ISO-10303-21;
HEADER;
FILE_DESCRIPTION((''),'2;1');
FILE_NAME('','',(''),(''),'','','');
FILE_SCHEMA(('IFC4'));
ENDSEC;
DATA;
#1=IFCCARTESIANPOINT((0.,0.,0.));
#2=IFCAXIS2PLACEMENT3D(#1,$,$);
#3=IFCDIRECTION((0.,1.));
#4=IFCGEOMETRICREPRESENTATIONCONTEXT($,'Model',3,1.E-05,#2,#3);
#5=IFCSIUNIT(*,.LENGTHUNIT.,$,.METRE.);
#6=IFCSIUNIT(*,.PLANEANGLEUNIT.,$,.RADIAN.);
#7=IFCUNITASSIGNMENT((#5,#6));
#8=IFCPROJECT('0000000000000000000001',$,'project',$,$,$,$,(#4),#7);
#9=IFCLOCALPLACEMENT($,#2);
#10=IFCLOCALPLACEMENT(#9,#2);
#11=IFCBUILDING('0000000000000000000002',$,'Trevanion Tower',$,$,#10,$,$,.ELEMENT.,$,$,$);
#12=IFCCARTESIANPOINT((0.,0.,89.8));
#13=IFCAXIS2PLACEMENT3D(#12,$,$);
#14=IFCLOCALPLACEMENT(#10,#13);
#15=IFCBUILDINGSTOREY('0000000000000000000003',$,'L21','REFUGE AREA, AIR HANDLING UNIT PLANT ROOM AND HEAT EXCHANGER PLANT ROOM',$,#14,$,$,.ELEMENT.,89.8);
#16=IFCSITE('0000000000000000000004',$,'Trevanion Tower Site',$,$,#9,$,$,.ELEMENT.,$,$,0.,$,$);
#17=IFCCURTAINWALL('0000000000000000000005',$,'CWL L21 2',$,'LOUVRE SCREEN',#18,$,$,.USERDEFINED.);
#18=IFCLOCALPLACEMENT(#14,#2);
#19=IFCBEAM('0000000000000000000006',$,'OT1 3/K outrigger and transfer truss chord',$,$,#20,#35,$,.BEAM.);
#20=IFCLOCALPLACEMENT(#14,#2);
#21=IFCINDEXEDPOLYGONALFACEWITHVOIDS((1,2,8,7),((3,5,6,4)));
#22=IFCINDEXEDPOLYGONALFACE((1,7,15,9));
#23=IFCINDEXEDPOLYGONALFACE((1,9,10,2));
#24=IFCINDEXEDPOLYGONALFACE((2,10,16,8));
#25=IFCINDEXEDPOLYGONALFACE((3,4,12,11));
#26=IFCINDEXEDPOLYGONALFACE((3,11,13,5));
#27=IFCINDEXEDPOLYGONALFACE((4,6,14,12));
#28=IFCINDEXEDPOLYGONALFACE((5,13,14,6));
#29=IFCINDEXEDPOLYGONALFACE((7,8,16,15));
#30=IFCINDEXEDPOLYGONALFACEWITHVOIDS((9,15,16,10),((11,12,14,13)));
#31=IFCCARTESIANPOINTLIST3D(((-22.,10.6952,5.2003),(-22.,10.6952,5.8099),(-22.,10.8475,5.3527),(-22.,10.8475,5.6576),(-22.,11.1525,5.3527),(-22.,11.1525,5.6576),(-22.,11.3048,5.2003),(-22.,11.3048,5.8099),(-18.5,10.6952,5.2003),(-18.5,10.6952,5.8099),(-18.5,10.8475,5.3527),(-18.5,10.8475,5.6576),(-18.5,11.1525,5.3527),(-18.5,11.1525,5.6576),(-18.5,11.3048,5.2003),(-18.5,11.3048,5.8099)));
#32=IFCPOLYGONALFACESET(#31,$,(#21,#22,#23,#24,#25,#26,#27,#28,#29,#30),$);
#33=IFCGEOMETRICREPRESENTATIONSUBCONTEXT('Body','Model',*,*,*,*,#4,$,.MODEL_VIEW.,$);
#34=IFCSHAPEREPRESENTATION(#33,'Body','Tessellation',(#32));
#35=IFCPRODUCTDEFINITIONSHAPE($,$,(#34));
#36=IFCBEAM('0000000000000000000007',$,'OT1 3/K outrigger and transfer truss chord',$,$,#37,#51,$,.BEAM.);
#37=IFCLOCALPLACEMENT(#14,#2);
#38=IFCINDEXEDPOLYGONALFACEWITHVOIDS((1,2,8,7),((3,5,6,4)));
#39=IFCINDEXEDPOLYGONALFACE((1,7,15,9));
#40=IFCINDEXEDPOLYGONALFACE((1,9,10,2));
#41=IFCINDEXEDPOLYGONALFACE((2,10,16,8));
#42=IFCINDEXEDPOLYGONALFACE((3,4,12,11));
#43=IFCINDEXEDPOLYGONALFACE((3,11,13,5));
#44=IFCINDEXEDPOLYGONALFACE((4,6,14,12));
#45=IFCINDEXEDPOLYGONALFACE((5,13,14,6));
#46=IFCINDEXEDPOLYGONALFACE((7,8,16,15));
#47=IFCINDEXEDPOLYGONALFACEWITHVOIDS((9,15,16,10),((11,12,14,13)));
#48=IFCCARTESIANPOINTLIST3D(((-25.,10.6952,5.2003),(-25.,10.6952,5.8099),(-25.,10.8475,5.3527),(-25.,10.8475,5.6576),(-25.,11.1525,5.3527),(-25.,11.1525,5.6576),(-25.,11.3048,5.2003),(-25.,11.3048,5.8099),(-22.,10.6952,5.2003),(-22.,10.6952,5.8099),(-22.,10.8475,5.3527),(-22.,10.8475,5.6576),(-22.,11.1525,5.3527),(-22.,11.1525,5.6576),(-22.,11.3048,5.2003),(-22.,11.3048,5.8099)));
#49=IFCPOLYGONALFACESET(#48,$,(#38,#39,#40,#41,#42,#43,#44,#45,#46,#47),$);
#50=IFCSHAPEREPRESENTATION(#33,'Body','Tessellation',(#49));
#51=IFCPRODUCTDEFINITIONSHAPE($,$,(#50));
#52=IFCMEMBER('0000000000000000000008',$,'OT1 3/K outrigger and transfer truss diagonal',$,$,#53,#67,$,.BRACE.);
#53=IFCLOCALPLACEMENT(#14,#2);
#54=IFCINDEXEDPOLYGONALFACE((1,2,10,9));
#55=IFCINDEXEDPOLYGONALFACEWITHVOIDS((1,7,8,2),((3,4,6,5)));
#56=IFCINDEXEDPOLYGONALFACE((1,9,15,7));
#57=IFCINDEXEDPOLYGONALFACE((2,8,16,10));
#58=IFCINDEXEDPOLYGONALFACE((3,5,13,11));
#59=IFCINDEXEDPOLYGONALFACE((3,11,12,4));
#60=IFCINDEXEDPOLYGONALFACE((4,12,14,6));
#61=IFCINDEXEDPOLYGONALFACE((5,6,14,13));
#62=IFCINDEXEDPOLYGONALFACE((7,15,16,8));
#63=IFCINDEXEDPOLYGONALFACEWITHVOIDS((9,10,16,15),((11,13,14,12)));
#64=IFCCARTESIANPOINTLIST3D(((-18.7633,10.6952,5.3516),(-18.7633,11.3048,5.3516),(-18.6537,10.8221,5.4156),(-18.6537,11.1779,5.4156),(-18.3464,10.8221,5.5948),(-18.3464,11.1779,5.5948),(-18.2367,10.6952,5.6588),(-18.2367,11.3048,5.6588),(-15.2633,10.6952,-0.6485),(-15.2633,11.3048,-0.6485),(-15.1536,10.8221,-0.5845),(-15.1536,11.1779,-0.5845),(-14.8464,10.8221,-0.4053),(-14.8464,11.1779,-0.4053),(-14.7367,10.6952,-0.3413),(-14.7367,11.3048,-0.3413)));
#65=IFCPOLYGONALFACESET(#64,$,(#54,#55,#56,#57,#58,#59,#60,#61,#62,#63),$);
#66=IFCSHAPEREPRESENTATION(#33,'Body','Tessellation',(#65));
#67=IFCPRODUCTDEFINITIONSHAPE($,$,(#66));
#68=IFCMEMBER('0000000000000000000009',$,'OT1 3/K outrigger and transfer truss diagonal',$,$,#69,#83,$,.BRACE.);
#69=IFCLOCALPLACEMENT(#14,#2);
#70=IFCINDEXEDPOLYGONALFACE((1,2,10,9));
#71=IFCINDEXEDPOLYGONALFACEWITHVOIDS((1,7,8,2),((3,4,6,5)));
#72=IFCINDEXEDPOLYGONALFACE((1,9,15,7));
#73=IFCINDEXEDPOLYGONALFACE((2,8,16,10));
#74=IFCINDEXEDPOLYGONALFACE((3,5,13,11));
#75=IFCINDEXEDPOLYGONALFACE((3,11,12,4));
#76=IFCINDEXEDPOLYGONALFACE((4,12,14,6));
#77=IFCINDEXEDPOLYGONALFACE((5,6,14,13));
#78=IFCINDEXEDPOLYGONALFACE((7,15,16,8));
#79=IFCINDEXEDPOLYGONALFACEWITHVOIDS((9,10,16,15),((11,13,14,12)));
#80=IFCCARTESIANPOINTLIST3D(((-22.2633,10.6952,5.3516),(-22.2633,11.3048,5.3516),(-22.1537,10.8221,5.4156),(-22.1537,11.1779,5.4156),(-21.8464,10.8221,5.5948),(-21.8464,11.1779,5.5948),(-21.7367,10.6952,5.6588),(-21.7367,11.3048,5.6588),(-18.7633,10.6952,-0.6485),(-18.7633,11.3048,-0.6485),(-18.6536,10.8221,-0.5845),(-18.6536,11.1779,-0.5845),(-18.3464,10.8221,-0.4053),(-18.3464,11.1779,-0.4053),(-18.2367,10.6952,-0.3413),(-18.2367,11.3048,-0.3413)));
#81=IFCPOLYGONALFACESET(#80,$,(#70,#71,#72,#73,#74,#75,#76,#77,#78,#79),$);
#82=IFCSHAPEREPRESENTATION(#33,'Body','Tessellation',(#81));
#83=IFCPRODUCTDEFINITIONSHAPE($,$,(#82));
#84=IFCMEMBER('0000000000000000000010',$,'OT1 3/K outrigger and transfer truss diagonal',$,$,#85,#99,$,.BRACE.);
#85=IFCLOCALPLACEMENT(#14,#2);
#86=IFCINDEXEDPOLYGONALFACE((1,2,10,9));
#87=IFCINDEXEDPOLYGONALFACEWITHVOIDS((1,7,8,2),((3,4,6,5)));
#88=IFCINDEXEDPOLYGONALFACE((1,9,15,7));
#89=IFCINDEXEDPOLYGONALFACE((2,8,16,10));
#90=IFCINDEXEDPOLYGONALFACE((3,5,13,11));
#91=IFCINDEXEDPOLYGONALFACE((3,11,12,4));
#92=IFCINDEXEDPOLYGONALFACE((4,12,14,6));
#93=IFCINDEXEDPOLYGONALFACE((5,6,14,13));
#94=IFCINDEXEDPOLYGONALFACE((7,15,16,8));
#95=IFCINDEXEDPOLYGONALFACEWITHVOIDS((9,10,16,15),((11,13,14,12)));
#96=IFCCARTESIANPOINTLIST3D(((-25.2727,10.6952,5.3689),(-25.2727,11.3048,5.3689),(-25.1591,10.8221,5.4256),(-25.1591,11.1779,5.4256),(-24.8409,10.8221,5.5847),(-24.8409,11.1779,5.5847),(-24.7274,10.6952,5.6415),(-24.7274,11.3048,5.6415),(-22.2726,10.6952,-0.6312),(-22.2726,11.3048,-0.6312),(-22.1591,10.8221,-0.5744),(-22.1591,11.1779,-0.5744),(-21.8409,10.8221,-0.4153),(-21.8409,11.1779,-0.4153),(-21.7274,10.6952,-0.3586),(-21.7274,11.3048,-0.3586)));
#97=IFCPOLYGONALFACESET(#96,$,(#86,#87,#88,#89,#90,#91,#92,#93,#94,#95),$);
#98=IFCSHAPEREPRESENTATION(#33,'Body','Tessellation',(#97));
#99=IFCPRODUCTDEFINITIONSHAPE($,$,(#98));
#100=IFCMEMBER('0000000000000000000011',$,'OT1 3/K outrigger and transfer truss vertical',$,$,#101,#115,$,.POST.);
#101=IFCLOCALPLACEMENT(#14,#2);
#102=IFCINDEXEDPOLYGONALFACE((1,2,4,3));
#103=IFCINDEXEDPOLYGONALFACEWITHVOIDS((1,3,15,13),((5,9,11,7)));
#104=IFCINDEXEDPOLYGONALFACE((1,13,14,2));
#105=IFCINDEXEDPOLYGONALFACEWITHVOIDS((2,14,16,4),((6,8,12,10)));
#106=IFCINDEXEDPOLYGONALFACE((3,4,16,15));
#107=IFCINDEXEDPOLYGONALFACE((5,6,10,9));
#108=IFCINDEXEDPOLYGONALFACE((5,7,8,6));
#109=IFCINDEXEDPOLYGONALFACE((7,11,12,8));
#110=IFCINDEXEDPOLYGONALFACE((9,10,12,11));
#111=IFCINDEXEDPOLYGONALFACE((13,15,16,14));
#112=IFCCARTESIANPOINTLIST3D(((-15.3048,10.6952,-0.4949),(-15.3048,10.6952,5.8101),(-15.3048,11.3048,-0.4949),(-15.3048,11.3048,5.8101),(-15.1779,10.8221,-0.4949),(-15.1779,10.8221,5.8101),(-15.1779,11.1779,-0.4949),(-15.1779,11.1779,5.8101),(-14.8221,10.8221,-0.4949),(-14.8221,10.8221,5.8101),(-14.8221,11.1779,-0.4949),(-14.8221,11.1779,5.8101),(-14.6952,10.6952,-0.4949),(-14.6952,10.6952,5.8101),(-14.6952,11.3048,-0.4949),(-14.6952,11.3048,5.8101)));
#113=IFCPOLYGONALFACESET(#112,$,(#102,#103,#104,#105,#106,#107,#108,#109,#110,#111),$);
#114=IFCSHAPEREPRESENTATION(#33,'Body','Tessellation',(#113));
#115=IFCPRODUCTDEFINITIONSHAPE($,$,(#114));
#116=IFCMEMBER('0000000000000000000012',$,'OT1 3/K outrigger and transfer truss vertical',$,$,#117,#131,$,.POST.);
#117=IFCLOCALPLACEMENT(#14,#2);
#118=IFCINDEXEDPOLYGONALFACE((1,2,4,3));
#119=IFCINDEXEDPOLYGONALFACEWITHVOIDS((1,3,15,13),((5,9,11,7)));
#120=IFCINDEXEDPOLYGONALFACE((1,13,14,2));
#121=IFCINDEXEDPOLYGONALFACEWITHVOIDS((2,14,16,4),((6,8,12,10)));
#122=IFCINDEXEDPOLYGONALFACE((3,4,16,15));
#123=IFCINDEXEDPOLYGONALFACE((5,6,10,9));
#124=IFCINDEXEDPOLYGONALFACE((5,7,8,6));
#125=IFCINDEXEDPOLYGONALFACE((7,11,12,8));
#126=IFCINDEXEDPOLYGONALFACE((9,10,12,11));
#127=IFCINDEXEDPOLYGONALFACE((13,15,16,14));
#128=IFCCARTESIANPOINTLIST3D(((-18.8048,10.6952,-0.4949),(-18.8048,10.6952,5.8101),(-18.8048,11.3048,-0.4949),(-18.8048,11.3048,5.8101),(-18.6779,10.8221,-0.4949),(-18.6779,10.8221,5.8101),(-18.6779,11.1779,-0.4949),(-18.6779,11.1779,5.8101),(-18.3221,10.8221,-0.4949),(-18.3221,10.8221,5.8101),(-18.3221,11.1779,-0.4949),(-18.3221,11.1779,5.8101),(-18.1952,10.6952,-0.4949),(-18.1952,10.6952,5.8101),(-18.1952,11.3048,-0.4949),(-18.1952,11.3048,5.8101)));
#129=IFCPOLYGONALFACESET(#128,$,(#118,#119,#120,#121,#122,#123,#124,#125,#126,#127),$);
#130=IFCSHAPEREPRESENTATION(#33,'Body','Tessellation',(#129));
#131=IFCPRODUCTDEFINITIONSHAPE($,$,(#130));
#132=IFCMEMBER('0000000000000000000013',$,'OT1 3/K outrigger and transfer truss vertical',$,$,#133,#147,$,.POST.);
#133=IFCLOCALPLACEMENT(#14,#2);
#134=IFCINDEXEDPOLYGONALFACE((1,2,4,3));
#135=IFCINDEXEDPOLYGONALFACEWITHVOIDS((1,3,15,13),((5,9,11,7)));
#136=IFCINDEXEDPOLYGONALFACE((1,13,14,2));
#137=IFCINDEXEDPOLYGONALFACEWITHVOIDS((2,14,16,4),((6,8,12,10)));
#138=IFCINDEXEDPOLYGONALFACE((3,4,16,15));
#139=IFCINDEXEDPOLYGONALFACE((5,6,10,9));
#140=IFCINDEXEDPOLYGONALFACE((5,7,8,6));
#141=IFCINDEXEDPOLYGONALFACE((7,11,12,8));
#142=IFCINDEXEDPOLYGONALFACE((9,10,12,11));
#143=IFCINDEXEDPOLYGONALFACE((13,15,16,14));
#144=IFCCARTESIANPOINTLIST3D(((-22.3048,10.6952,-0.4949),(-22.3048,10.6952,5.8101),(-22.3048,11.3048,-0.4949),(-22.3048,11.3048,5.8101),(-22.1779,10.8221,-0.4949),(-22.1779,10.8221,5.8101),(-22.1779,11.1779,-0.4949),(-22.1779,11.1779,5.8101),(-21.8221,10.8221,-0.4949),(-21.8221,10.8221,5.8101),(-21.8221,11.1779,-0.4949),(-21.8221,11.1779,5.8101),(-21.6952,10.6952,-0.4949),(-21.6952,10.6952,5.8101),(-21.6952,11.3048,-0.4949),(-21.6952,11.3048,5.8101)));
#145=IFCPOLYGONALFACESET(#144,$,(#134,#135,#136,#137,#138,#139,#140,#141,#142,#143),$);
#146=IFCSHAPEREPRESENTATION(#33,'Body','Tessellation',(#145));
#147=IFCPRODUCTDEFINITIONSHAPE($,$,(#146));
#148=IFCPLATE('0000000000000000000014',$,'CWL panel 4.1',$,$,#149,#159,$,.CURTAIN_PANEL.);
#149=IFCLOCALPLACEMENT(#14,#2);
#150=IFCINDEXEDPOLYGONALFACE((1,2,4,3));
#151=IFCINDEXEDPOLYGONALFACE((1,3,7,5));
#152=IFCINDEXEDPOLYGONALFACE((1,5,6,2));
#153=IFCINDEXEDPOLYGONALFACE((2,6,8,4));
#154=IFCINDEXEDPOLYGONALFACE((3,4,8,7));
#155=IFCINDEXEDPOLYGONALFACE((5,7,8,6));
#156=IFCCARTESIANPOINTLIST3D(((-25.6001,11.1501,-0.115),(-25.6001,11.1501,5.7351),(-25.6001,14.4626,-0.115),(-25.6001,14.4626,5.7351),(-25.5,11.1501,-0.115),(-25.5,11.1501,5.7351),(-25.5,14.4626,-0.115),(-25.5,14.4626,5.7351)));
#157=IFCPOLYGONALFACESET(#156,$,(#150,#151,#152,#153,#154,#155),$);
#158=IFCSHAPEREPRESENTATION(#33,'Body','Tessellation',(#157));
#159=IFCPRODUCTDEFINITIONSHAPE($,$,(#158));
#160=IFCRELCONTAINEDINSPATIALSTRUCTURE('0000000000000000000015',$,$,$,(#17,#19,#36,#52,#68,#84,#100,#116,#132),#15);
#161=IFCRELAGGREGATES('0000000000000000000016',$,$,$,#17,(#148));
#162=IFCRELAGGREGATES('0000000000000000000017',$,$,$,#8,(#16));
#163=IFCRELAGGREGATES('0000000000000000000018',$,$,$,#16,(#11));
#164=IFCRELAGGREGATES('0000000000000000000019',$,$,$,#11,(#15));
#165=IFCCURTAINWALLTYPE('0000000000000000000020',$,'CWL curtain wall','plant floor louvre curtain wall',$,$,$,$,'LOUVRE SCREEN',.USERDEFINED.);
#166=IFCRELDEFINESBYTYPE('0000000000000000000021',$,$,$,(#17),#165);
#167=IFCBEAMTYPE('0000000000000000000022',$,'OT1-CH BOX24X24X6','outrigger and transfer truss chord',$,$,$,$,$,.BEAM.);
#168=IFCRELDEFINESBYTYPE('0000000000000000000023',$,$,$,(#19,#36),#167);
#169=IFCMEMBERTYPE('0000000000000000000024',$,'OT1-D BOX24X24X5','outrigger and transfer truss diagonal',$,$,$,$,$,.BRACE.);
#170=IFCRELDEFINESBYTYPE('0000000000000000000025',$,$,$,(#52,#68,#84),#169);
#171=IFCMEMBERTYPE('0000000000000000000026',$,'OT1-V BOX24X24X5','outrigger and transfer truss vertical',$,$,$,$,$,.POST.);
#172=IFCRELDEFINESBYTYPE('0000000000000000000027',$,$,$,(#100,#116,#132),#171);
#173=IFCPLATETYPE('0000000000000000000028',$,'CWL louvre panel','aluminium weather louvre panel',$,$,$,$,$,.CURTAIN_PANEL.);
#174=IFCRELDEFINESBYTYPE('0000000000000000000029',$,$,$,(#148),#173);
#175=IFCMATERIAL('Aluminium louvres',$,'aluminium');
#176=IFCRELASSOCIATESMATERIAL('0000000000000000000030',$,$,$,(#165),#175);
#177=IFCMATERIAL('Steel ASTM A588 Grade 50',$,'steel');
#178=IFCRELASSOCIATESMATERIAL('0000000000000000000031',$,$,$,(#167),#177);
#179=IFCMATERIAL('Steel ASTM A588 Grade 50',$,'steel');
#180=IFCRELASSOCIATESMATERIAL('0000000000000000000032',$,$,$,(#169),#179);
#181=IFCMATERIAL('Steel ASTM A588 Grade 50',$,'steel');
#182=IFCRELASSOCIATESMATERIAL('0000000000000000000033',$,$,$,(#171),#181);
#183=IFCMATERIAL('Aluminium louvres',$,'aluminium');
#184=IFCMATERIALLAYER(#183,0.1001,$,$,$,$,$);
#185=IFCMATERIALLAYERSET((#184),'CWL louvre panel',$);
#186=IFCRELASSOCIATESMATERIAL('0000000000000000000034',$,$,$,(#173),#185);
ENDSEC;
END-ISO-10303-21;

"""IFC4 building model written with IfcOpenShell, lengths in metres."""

from ifc_helpers import new_model, si_unit, direction, frame, origin, origin_2d, place, context, subcontext, project, spatial, rectangle, hollow_rectangle, extrude, material, layer, layer_set, material_profile, profile_set, type_object, element, aggregate, save


model = new_model("IFC4")

# Units and contexts
model_context = context("Model", 3, precision=1e-05, world=origin(), true_north=direction((0.0, 1.0)))
body_context = subcontext(model_context, "Body", "Model", "MODEL_VIEW")
ifc_project = project(units=[si_unit("LENGTHUNIT", "METRE"), si_unit("PLANEANGLEUNIT", "RADIAN")], contexts=[model_context])

# Site, building, storey
site_placement = place(None, origin())
site = spatial("IfcSite", under=ifc_project, at=site_placement, Name="Trevanion Tower Site", CompositionType="ELEMENT", RefElevation=0.0)
building_placement = place(site_placement, origin())
building = spatial("IfcBuilding", under=site, at=building_placement, Name="Trevanion Tower", CompositionType="ELEMENT")
storey_placement = place(building_placement, frame((0.0, 0.0, 89.8)))
storey = spatial("IfcBuildingStorey", under=building, at=storey_placement, Name="L21", Description="REFUGE AREA, AIR HANDLING UNIT PLANT ROOM AND HEAT EXCHANGER PLANT ROOM", CompositionType="ELEMENT", Elevation=89.8)

# Curtain wall
ifc_material_1 = material(Name="Aluminium louvres", Category="aluminium")
curtain_wall_type = type_object("IfcCurtainWallType", Name="CWL curtain wall", Description="plant floor louvre curtain wall", ElementType="LOUVRE SCREEN", PredefinedType="USERDEFINED", material=ifc_material_1)
curtain_wall_placement = place(storey_placement, origin())
curtain_wall = element("IfcCurtainWall", 1, at=curtain_wall_placement, inside=storey, type_object=curtain_wall_type, Name="CWL L21 2", ObjectType="LOUVRE SCREEN", PredefinedType="USERDEFINED")

# Beams
ifc_material_2 = material(Name="Steel ASTM A588 Grade 50", Category="steel")
ifc_material_profile_1 = material_profile(ifc_material_2, hollow_rectangle(XDim=0.6096, YDim=0.6096, WallThickness=0.1523, at=origin_2d()), Name="BOX24X24X6")
ifc_profile_set_1 = profile_set([ifc_material_profile_1], Name="Steel ASTM A588 Grade 50")
beam_type_1 = type_object("IfcBeamType", Name="OT1-CH BOX24X24X6", Description="outrigger and transfer truss chord", PredefinedType="BEAM", material=ifc_profile_set_1)
for number, where, z_axis, x_axis, name in (
    (2, (-18.5, 11.0, 5.5051), (-1.0, 0.0, 0.0), (0.0, -1.0, 0.0), "OT1 3/K outrigger and transfer truss chord"),
):
    element("IfcBeam", number, at=place(storey_placement, frame(where, z_axis=z_axis, x_axis=x_axis)), inside=storey, type_object=beam_type_1, Name=name, PredefinedType="BEAM", context=body_context, shape_type="SweptSolid", body=[
        extrude(hollow_rectangle(XDim=0.6096, YDim=0.6096, WallThickness=0.1523, at=origin_2d()), origin(), (0.0, 0.0, 1.0), 3.5),
    ])
beam_placement = place(storey_placement, frame((-22.0, 11.0, 5.5051), z_axis=(-1.0, 0.0, 0.0), x_axis=(0.0, -1.0, 0.0)))
element("IfcBeam", 3, at=beam_placement, inside=storey, type_object=beam_type_1, Name="OT1 3/K outrigger and transfer truss chord", PredefinedType="BEAM", context=body_context, shape_type="SweptSolid", body=[
    extrude(hollow_rectangle(XDim=0.6096, YDim=0.6096, WallThickness=0.1523, at=origin_2d()), origin(), (0.0, 0.0, 1.0), 3.0),
])

# Members
ifc_material_3 = material(Name="Steel ASTM A588 Grade 50", Category="steel")
ifc_material_profile_2 = material_profile(ifc_material_3, hollow_rectangle(XDim=0.6096, YDim=0.6096, WallThickness=0.127, at=origin_2d()), Name="BOX24X24X5")
ifc_profile_set_2 = profile_set([ifc_material_profile_2], Name="Steel ASTM A588 Grade 50")
member_type_1 = type_object("IfcMemberType", Name="OT1-D BOX24X24X5", Description="outrigger and transfer truss diagonal", PredefinedType="BRACE", material=ifc_profile_set_2)
for number, where, z_axis, x_axis, name in (
    (4, (-15.0, 11.0, -0.4949), (-0.503871, 0.0, 0.863779), (0.0, -1.0, 0.0), "OT1 3/K outrigger and transfer truss diagonal"),
    (5, (-18.5, 11.0, -0.4949), (-0.503871, 0.0, 0.863779), (0.0, -1.0, 0.0), "OT1 3/K outrigger and transfer truss diagonal"),
):
    element("IfcMember", number, at=place(storey_placement, frame(where, z_axis=z_axis, x_axis=x_axis)), inside=storey, type_object=member_type_1, Name=name, PredefinedType="BRACE", context=body_context, shape_type="SweptSolid", body=[
        extrude(hollow_rectangle(XDim=0.6096, YDim=0.6096, WallThickness=0.127, at=origin_2d()), origin(), (0.0, 0.0, 1.0), 6.9463),
    ])
member_1_placement = place(storey_placement, frame((-22.0, 11.0, -0.4949), z_axis=(-0.447214, 0.0, 0.894427), x_axis=(0.0, -1.0, 0.0)))
element("IfcMember", 6, at=member_1_placement, inside=storey, type_object=member_type_1, Name="OT1 3/K outrigger and transfer truss diagonal", PredefinedType="BRACE", context=body_context, shape_type="SweptSolid", body=[
    extrude(hollow_rectangle(XDim=0.6096, YDim=0.6096, WallThickness=0.127, at=origin_2d()), origin(), (0.0, 0.0, 1.0), 6.7083),
])
ifc_material_4 = material(Name="Steel ASTM A588 Grade 50", Category="steel")
ifc_material_profile_3 = material_profile(ifc_material_4, hollow_rectangle(XDim=0.6096, YDim=0.6096, WallThickness=0.127, at=origin_2d()), Name="BOX24X24X5")
ifc_profile_set_3 = profile_set([ifc_material_profile_3], Name="Steel ASTM A588 Grade 50")
member_type_2 = type_object("IfcMemberType", Name="OT1-V BOX24X24X5", Description="outrigger and transfer truss vertical", PredefinedType="POST", material=ifc_profile_set_3)
for number, where, z_axis, x_axis, name in (
    (7, (-15.0, 11.0, -0.4949), (0.0, 0.0, 1.0), (1.0, 0.0, 0.0), "OT1 3/K outrigger and transfer truss vertical"),
    (8, (-18.5, 11.0, -0.4949), (0.0, 0.0, 1.0), (1.0, 0.0, 0.0), "OT1 3/K outrigger and transfer truss vertical"),
    (9, (-22.0, 11.0, -0.4949), (0.0, 0.0, 1.0), (1.0, 0.0, 0.0), "OT1 3/K outrigger and transfer truss vertical"),
):
    element("IfcMember", number, at=place(storey_placement, frame(where, z_axis=z_axis, x_axis=x_axis)), inside=storey, type_object=member_type_2, Name=name, PredefinedType="POST", context=body_context, shape_type="SweptSolid", body=[
        extrude(hollow_rectangle(XDim=0.6096, YDim=0.6096, WallThickness=0.127, at=origin_2d()), origin(), (0.0, 0.0, 1.0), 6.3049),
    ])

# Plate
ifc_material_5 = material(Name="Aluminium louvres", Category="aluminium")
ifc_layer_1 = layer(ifc_material_5, 0.1001)
ifc_layer_set_1 = layer_set([ifc_layer_1], Name="CWL louvre panel")
plate_type = type_object("IfcPlateType", Name="CWL louvre panel", Description="aluminium weather louvre panel", PredefinedType="CURTAIN_PANEL", material=ifc_layer_set_1)
plate_placement = place(storey_placement, frame((-25.55, 12.8064, -0.115), z_axis=(0.0, 0.0, 1.0), x_axis=(0.0, -1.0, 0.0)))
plate = element("IfcPlate", 10, at=plate_placement, type_object=plate_type, Name="CWL panel 4.1", PredefinedType="CURTAIN_PANEL", context=body_context, shape_type="SweptSolid", body=[
    extrude(rectangle(XDim=3.3125, YDim=0.1001, at=origin_2d()), origin(), (0.0, 0.0, 1.0), 5.8501),
])
aggregate(curtain_wall, [plate])

save(model, "model.ifc")
